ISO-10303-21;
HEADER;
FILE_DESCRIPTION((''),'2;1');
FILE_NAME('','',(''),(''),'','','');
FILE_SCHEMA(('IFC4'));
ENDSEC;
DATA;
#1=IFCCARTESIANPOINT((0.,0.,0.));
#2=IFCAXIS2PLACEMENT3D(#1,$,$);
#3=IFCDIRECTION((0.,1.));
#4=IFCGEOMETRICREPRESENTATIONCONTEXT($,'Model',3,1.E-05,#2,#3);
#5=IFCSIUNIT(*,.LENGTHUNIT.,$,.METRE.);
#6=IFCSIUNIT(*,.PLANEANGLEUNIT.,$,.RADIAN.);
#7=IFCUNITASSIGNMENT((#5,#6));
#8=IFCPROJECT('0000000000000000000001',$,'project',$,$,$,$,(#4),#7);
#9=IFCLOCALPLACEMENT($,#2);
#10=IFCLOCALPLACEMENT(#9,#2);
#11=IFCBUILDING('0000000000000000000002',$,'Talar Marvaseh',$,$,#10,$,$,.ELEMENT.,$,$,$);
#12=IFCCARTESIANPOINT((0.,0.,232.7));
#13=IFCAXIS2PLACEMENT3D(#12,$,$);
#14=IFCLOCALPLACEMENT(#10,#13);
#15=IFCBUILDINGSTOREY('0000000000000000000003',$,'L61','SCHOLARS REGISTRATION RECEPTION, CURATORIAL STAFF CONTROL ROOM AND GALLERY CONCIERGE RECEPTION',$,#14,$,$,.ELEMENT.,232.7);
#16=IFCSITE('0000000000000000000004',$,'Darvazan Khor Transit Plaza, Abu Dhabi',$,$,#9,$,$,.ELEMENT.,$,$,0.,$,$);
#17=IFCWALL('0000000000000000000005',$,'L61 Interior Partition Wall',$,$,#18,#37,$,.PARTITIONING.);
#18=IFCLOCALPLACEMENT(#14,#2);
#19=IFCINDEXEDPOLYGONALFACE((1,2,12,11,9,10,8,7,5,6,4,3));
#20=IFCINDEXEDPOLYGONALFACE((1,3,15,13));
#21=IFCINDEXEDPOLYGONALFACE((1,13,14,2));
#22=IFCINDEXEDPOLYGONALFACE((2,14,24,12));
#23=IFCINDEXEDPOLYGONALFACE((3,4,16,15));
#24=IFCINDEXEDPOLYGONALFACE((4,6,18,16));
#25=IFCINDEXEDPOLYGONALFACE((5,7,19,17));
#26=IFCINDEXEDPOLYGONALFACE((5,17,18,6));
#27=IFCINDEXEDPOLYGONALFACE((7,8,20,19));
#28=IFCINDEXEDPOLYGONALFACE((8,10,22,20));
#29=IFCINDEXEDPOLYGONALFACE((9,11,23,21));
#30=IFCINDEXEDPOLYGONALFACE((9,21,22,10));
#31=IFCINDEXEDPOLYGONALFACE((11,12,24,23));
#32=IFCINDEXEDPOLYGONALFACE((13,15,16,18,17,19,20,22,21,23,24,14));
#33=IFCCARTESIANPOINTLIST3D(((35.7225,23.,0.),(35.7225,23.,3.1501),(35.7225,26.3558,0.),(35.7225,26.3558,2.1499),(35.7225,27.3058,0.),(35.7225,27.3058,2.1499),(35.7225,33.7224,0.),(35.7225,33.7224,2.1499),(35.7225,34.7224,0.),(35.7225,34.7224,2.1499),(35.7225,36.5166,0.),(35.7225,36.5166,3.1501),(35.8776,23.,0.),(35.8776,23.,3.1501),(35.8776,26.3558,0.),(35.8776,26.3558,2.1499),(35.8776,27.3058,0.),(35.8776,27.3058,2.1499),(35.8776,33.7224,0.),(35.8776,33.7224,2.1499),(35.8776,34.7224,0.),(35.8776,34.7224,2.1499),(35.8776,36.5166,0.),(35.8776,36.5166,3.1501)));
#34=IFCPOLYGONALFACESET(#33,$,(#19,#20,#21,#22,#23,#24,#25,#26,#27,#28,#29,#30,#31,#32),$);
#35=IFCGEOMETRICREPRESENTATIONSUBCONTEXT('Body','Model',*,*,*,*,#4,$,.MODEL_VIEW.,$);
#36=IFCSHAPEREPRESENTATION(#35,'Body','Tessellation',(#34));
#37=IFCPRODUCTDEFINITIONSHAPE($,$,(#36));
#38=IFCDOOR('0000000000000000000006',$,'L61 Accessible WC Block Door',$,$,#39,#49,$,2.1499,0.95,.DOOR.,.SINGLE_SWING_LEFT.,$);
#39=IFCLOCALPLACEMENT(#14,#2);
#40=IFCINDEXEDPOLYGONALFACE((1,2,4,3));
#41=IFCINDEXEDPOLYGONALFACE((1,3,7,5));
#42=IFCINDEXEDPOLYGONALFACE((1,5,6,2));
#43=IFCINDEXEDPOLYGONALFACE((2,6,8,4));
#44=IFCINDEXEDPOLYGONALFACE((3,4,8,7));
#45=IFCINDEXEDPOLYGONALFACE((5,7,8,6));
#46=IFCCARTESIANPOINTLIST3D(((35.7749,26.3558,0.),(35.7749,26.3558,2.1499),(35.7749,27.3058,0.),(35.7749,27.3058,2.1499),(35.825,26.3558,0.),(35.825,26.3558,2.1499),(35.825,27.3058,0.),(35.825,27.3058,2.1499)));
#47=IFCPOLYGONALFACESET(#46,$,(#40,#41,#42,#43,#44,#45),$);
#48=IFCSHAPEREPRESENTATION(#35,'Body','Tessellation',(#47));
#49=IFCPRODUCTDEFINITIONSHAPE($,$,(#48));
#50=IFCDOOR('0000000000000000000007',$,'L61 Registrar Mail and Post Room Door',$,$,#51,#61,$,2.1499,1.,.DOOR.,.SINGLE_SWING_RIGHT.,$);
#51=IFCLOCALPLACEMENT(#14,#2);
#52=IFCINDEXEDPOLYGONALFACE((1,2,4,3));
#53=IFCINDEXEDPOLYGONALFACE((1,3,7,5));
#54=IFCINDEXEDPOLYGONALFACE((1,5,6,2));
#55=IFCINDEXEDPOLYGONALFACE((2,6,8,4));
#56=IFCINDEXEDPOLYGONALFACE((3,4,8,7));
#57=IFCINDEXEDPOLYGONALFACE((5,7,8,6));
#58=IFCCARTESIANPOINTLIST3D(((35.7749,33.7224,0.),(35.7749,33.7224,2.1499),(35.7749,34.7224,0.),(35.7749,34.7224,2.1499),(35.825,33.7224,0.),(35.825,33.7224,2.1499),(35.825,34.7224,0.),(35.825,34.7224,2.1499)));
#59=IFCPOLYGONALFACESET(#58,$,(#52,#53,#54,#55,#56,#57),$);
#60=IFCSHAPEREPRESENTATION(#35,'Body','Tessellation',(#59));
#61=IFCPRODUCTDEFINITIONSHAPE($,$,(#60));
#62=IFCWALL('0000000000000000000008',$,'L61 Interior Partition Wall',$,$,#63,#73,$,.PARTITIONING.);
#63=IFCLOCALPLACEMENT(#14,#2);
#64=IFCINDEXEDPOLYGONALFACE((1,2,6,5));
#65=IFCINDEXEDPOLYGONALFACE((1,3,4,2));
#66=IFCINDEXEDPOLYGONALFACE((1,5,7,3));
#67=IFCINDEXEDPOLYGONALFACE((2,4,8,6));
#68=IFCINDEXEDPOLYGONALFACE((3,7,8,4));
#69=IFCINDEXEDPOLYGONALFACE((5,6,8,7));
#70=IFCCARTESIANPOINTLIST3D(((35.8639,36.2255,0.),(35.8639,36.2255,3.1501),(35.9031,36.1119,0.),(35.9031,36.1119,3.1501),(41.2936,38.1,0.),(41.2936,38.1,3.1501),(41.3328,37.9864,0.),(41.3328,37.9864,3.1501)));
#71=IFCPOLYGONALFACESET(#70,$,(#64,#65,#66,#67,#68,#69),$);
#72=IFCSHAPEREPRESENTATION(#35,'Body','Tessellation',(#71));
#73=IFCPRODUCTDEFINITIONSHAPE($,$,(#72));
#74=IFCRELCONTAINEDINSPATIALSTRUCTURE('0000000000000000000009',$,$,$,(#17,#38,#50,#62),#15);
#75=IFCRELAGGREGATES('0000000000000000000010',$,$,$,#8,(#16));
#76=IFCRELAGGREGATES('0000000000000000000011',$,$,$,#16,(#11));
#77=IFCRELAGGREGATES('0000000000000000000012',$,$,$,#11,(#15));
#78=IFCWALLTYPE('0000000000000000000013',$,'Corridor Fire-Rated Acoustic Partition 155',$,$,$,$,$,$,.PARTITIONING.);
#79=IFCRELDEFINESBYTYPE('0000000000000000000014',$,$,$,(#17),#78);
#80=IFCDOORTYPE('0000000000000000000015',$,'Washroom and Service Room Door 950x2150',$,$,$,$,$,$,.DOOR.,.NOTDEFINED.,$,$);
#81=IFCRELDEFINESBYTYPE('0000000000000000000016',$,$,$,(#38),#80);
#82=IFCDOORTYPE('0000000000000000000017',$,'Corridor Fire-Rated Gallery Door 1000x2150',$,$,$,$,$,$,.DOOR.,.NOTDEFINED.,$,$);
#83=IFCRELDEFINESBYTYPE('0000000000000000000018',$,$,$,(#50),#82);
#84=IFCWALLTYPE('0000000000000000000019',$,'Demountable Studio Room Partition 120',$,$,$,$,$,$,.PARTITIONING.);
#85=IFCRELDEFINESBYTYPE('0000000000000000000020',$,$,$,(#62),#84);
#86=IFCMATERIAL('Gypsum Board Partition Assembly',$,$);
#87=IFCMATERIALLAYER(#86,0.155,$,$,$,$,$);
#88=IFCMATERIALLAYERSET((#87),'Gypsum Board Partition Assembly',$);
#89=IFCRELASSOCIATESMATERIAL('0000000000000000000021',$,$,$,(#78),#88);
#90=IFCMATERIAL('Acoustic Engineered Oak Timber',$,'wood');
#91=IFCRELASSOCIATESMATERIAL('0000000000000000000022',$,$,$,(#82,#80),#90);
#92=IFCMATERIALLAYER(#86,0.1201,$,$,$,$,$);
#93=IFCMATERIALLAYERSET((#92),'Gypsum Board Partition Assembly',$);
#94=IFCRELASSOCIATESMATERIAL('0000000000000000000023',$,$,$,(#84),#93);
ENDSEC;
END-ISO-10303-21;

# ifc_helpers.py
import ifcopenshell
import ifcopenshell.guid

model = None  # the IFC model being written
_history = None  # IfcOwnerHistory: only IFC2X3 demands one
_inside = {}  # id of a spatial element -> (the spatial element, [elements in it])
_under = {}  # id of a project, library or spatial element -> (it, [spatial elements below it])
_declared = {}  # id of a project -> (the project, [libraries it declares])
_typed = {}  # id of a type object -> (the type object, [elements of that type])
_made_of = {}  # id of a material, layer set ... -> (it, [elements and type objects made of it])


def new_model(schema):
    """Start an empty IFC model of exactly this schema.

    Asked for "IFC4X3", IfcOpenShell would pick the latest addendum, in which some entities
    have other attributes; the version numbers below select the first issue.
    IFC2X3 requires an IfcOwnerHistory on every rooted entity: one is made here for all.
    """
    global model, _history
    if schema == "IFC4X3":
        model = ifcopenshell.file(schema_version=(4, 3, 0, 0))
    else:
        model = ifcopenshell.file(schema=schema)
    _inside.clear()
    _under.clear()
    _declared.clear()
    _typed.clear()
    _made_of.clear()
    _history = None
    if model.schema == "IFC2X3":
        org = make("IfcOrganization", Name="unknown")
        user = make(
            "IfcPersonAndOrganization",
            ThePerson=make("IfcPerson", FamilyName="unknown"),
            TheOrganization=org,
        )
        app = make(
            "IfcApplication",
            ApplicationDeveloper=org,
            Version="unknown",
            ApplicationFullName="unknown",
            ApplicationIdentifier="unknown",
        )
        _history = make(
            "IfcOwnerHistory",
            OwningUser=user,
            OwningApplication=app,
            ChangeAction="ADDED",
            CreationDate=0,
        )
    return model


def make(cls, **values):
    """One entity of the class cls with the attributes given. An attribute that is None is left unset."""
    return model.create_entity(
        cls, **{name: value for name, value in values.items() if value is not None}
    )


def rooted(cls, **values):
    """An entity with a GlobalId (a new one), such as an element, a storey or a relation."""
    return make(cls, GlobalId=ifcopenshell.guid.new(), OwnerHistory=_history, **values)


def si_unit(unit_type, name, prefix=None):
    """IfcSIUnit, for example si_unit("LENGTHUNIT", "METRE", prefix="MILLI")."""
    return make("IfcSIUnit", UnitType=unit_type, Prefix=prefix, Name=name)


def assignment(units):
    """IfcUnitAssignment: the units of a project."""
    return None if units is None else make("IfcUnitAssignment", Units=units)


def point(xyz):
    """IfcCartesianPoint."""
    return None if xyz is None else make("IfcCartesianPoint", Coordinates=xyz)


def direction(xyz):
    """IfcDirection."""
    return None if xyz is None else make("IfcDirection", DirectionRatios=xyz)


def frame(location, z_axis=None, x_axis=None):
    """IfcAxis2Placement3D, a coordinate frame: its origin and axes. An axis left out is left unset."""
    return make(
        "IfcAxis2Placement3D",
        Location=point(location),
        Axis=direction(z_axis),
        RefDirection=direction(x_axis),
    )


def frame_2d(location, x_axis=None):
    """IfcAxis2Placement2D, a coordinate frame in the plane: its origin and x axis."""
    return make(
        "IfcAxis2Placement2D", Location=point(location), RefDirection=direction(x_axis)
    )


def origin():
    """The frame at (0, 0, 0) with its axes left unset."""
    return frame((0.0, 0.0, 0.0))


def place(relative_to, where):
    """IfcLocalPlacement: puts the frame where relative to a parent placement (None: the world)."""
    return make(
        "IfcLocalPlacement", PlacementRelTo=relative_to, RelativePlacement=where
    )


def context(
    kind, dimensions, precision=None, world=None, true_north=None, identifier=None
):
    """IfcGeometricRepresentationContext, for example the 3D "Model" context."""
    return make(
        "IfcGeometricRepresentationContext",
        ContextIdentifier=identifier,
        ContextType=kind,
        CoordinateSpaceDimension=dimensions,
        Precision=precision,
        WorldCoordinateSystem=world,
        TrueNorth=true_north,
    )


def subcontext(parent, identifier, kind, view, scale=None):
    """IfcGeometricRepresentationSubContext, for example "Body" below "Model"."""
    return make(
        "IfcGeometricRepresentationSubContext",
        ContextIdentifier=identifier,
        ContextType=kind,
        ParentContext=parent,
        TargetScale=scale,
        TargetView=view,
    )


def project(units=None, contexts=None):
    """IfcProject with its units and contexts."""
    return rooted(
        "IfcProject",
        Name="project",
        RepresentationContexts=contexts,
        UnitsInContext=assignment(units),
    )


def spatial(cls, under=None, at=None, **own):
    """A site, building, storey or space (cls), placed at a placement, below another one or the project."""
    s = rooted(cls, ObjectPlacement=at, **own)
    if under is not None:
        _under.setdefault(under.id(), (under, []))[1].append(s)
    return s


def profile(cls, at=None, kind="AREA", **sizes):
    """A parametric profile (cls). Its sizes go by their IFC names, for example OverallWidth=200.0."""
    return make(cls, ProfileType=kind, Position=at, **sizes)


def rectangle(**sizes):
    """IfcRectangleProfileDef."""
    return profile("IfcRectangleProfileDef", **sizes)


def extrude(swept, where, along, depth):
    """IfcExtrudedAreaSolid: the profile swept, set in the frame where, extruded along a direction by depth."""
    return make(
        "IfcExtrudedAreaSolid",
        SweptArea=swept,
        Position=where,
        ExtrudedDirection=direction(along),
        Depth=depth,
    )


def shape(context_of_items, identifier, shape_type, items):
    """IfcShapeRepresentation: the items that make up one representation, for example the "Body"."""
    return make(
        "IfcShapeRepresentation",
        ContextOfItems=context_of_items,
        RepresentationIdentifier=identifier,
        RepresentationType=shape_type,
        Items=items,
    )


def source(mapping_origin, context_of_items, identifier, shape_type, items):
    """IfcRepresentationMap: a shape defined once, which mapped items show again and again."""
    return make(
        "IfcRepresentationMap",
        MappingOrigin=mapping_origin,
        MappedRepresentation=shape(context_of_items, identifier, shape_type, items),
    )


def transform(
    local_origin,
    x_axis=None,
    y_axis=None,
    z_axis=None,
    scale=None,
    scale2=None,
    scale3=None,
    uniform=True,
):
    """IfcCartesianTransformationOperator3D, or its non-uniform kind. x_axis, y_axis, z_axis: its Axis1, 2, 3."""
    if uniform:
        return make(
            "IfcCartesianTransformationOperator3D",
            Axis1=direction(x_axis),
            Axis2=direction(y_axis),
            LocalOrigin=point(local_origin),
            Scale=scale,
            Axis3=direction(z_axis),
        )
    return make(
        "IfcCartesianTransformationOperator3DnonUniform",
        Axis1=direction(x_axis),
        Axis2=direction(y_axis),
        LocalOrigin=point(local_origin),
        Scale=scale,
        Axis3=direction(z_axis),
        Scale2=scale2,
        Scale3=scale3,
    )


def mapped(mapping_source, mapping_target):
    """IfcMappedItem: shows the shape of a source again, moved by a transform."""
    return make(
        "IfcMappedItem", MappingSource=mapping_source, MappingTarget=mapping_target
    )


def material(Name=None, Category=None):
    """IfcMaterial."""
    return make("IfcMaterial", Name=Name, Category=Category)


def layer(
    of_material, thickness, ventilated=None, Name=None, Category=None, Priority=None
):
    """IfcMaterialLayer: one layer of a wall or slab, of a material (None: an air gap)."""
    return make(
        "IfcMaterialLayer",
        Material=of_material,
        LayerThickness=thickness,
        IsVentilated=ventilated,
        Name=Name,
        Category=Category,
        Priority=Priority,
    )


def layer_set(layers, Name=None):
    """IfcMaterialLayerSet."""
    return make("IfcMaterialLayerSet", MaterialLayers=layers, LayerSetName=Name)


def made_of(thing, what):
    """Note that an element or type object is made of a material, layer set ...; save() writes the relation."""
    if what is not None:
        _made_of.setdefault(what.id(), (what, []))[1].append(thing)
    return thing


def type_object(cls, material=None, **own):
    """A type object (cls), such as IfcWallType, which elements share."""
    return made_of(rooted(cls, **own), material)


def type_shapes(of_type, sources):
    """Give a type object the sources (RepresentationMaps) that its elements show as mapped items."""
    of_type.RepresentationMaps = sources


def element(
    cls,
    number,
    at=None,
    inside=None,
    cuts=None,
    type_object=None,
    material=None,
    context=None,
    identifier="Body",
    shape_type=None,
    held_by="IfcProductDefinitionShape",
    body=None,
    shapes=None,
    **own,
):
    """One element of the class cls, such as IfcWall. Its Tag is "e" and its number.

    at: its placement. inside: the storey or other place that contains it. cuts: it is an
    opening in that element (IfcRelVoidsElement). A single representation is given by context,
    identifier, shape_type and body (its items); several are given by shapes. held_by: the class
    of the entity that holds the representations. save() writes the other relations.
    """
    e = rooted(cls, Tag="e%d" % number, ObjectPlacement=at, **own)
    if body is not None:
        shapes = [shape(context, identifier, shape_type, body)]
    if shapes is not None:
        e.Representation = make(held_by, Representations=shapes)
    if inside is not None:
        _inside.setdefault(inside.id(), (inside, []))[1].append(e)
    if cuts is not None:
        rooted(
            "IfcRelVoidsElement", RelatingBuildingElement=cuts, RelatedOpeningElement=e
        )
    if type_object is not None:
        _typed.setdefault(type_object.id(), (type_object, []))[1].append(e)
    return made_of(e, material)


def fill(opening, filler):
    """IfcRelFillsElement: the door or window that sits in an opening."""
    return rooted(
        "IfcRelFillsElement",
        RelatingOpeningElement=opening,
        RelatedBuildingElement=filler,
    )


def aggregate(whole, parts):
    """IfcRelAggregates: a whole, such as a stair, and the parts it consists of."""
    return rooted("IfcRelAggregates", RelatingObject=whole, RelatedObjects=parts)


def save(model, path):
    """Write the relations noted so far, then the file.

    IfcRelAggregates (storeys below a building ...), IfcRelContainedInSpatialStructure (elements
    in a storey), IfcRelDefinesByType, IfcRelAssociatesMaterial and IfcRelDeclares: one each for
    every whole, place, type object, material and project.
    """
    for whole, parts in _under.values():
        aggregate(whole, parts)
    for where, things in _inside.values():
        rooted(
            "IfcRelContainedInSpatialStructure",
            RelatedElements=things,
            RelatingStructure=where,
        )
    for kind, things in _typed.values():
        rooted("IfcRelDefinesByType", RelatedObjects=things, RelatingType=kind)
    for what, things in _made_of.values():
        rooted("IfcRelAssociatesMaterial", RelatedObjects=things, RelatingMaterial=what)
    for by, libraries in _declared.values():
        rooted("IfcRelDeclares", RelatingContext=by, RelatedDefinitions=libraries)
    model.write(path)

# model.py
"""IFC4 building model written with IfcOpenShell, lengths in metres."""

from ifc_helpers import new_model, si_unit, direction, frame, frame_2d, origin, place, context, subcontext, project, spatial, rectangle, extrude, source, transform, mapped, material, layer, layer_set, type_object, type_shapes, element, fill, save


model = new_model("IFC4")

# Units and contexts
model_context = context("Model", 3, precision=1e-05, world=origin(), true_north=direction((0.0, 1.0)))
body_context = subcontext(model_context, "Body", "Model", "MODEL_VIEW")
ifc_project = project(units=[si_unit("LENGTHUNIT", "METRE"), si_unit("PLANEANGLEUNIT", "RADIAN")], contexts=[model_context])

# Site, building, storey
site_placement = place(None, origin())
site = spatial("IfcSite", under=ifc_project, at=site_placement, Name="Darvazan Khor Transit Plaza, Abu Dhabi", CompositionType="ELEMENT", RefElevation=0.0)
building_placement = place(site_placement, origin())
building = spatial("IfcBuilding", under=site, at=building_placement, Name="Talar Marvaseh", CompositionType="ELEMENT")
storey_placement = place(building_placement, frame((0.0, 0.0, 232.7)))
storey = spatial("IfcBuildingStorey", under=building, at=storey_placement, Name="L61", Description="SCHOLARS REGISTRATION RECEPTION, CURATORIAL STAFF CONTROL ROOM AND GALLERY CONCIERGE RECEPTION", CompositionType="ELEMENT", Elevation=232.7)

# Shared definitions
ifc_material_1 = material(Name="Gypsum Board Partition Assembly")
ifc_layer_1 = layer(ifc_material_1, 0.155)
ifc_layer_set_1 = layer_set([ifc_layer_1], Name="Gypsum Board Partition Assembly")
wall_type_1 = type_object("IfcWallType", Name="Corridor Fire-Rated Acoustic Partition 155", PredefinedType="PARTITIONING", material=ifc_layer_set_1)
ifc_material_2 = material(Name="Acoustic Engineered Oak Timber", Category="wood")
door_type_1 = type_object("IfcDoorType", Name="Corridor Fire-Rated Gallery Door 1000x2150", OperationType="NOTDEFINED", PredefinedType="DOOR", material=ifc_material_2)
shared_shape_1 = source(origin(), body_context, "Body", "SweptSolid", [
    extrude(rectangle(XDim=1.0, YDim=2.1499, at=frame_2d((0.5, 1.075))), frame((0.0, 0.0249, 0.0), z_axis=(0.0, -1.0, 0.0), x_axis=(1.0, 0.0, 0.0)), (0.0, 0.0, 1.0), 0.05),
])
type_shapes(door_type_1, [shared_shape_1])

# Wall, openings, doors
wall_1_placement = place(storey_placement, frame((35.8, 36.5166, 0.0), z_axis=(0.0, 0.0, 1.0), x_axis=(0.0, -1.0, 0.0)))
wall_1 = element("IfcWall", 1, at=wall_1_placement, inside=storey, type_object=wall_type_1, Name="L61 Interior Partition Wall", PredefinedType="PARTITIONING", context=body_context, shape_type="SweptSolid", body=[
    extrude(rectangle(XDim=13.5166, YDim=0.155, at=frame_2d((6.7583, 0.0))), origin(), (0.0, 0.0, 1.0), 3.1501),
])
opening_1_placement = place(wall_1_placement, frame((9.2107, 0.0, 0.0)))
opening_1 = element("IfcOpeningElement", 2, at=opening_1_placement, cuts=wall_1, PredefinedType="OPENING", context=body_context, shape_type="SweptSolid", body=[
    extrude(rectangle(XDim=0.95, YDim=2.1499, at=frame_2d((0.4751, 1.075))), frame((0.0, 0.0874, 0.0), z_axis=(0.0, -1.0, 0.0), x_axis=(1.0, 0.0, 0.0)), (0.0, 0.0, 1.0), 0.175),
])
opening_2_placement = place(wall_1_placement, frame((1.7942, 0.0, 0.0)))
opening_2 = element("IfcOpeningElement", 3, at=opening_2_placement, cuts=wall_1, PredefinedType="OPENING", context=body_context, shape_type="SweptSolid", body=[
    extrude(rectangle(XDim=1.0, YDim=2.1499, at=frame_2d((0.5, 1.075))), frame((0.0, 0.0874, 0.0), z_axis=(0.0, -1.0, 0.0), x_axis=(1.0, 0.0, 0.0)), (0.0, 0.0, 1.0), 0.175),
])
door_type_2 = type_object("IfcDoorType", Name="Washroom and Service Room Door 950x2150", OperationType="NOTDEFINED", PredefinedType="DOOR", material=ifc_material_2)
shared_shape_2 = source(origin(), body_context, "Body", "SweptSolid", [
    extrude(rectangle(XDim=0.95, YDim=2.1499, at=frame_2d((0.4751, 1.075))), frame((0.0, 0.0249, 0.0), z_axis=(0.0, -1.0, 0.0), x_axis=(1.0, 0.0, 0.0)), (0.0, 0.0, 1.0), 0.05),
])
type_shapes(door_type_2, [shared_shape_2])
door_1_placement = place(opening_1_placement, origin())
door_1 = element("IfcDoor", 4, at=door_1_placement, inside=storey, type_object=door_type_2, Name="L61 Accessible WC Block Door", OperationType="SINGLE_SWING_LEFT", OverallHeight=2.1499, OverallWidth=0.95, PredefinedType="DOOR", context=body_context, shape_type="MappedRepresentation", body=[
    mapped(shared_shape_2, transform((0.0, 0.0, 0.0), x_axis=(1.0, 0.0, 0.0), y_axis=(0.0, 1.0, 0.0), z_axis=(0.0, 0.0, 1.0), scale=1.0)),
])
fill(opening_1, door_1)
door_2_placement = place(opening_2_placement, origin())
door_2 = element("IfcDoor", 5, at=door_2_placement, inside=storey, type_object=door_type_1, Name="L61 Registrar Mail and Post Room Door", OperationType="SINGLE_SWING_RIGHT", OverallHeight=2.1499, OverallWidth=1.0, PredefinedType="DOOR", context=body_context, shape_type="MappedRepresentation", body=[
    mapped(shared_shape_1, transform((0.0, 0.0, 0.0), x_axis=(1.0, 0.0, 0.0), y_axis=(0.0, 1.0, 0.0), z_axis=(0.0, 0.0, 1.0), scale=1.0)),
])
fill(opening_2, door_2)

# Wall
ifc_layer_2 = layer(ifc_material_1, 0.1201)
ifc_layer_set_2 = layer_set([ifc_layer_2], Name="Gypsum Board Partition Assembly")
wall_type_2 = type_object("IfcWallType", Name="Demountable Studio Room Partition 120", PredefinedType="PARTITIONING", material=ifc_layer_set_2)
wall_2_placement = place(storey_placement, frame((35.8835, 36.1687, 0.0), z_axis=(0.0, 0.0, 1.0), x_axis=(0.945255, 0.326334, 0.0)))
element("IfcWall", 6, at=wall_2_placement, inside=storey, type_object=wall_type_2, Name="L61 Interior Partition Wall", PredefinedType="PARTITIONING", context=body_context, shape_type="SweptSolid", body=[
    extrude(rectangle(XDim=5.7441, YDim=0.1201, at=frame_2d((2.8721, 0.0))), origin(), (0.0, 0.0, 1.0), 3.1501),
])

save(model, "model.ifc")
